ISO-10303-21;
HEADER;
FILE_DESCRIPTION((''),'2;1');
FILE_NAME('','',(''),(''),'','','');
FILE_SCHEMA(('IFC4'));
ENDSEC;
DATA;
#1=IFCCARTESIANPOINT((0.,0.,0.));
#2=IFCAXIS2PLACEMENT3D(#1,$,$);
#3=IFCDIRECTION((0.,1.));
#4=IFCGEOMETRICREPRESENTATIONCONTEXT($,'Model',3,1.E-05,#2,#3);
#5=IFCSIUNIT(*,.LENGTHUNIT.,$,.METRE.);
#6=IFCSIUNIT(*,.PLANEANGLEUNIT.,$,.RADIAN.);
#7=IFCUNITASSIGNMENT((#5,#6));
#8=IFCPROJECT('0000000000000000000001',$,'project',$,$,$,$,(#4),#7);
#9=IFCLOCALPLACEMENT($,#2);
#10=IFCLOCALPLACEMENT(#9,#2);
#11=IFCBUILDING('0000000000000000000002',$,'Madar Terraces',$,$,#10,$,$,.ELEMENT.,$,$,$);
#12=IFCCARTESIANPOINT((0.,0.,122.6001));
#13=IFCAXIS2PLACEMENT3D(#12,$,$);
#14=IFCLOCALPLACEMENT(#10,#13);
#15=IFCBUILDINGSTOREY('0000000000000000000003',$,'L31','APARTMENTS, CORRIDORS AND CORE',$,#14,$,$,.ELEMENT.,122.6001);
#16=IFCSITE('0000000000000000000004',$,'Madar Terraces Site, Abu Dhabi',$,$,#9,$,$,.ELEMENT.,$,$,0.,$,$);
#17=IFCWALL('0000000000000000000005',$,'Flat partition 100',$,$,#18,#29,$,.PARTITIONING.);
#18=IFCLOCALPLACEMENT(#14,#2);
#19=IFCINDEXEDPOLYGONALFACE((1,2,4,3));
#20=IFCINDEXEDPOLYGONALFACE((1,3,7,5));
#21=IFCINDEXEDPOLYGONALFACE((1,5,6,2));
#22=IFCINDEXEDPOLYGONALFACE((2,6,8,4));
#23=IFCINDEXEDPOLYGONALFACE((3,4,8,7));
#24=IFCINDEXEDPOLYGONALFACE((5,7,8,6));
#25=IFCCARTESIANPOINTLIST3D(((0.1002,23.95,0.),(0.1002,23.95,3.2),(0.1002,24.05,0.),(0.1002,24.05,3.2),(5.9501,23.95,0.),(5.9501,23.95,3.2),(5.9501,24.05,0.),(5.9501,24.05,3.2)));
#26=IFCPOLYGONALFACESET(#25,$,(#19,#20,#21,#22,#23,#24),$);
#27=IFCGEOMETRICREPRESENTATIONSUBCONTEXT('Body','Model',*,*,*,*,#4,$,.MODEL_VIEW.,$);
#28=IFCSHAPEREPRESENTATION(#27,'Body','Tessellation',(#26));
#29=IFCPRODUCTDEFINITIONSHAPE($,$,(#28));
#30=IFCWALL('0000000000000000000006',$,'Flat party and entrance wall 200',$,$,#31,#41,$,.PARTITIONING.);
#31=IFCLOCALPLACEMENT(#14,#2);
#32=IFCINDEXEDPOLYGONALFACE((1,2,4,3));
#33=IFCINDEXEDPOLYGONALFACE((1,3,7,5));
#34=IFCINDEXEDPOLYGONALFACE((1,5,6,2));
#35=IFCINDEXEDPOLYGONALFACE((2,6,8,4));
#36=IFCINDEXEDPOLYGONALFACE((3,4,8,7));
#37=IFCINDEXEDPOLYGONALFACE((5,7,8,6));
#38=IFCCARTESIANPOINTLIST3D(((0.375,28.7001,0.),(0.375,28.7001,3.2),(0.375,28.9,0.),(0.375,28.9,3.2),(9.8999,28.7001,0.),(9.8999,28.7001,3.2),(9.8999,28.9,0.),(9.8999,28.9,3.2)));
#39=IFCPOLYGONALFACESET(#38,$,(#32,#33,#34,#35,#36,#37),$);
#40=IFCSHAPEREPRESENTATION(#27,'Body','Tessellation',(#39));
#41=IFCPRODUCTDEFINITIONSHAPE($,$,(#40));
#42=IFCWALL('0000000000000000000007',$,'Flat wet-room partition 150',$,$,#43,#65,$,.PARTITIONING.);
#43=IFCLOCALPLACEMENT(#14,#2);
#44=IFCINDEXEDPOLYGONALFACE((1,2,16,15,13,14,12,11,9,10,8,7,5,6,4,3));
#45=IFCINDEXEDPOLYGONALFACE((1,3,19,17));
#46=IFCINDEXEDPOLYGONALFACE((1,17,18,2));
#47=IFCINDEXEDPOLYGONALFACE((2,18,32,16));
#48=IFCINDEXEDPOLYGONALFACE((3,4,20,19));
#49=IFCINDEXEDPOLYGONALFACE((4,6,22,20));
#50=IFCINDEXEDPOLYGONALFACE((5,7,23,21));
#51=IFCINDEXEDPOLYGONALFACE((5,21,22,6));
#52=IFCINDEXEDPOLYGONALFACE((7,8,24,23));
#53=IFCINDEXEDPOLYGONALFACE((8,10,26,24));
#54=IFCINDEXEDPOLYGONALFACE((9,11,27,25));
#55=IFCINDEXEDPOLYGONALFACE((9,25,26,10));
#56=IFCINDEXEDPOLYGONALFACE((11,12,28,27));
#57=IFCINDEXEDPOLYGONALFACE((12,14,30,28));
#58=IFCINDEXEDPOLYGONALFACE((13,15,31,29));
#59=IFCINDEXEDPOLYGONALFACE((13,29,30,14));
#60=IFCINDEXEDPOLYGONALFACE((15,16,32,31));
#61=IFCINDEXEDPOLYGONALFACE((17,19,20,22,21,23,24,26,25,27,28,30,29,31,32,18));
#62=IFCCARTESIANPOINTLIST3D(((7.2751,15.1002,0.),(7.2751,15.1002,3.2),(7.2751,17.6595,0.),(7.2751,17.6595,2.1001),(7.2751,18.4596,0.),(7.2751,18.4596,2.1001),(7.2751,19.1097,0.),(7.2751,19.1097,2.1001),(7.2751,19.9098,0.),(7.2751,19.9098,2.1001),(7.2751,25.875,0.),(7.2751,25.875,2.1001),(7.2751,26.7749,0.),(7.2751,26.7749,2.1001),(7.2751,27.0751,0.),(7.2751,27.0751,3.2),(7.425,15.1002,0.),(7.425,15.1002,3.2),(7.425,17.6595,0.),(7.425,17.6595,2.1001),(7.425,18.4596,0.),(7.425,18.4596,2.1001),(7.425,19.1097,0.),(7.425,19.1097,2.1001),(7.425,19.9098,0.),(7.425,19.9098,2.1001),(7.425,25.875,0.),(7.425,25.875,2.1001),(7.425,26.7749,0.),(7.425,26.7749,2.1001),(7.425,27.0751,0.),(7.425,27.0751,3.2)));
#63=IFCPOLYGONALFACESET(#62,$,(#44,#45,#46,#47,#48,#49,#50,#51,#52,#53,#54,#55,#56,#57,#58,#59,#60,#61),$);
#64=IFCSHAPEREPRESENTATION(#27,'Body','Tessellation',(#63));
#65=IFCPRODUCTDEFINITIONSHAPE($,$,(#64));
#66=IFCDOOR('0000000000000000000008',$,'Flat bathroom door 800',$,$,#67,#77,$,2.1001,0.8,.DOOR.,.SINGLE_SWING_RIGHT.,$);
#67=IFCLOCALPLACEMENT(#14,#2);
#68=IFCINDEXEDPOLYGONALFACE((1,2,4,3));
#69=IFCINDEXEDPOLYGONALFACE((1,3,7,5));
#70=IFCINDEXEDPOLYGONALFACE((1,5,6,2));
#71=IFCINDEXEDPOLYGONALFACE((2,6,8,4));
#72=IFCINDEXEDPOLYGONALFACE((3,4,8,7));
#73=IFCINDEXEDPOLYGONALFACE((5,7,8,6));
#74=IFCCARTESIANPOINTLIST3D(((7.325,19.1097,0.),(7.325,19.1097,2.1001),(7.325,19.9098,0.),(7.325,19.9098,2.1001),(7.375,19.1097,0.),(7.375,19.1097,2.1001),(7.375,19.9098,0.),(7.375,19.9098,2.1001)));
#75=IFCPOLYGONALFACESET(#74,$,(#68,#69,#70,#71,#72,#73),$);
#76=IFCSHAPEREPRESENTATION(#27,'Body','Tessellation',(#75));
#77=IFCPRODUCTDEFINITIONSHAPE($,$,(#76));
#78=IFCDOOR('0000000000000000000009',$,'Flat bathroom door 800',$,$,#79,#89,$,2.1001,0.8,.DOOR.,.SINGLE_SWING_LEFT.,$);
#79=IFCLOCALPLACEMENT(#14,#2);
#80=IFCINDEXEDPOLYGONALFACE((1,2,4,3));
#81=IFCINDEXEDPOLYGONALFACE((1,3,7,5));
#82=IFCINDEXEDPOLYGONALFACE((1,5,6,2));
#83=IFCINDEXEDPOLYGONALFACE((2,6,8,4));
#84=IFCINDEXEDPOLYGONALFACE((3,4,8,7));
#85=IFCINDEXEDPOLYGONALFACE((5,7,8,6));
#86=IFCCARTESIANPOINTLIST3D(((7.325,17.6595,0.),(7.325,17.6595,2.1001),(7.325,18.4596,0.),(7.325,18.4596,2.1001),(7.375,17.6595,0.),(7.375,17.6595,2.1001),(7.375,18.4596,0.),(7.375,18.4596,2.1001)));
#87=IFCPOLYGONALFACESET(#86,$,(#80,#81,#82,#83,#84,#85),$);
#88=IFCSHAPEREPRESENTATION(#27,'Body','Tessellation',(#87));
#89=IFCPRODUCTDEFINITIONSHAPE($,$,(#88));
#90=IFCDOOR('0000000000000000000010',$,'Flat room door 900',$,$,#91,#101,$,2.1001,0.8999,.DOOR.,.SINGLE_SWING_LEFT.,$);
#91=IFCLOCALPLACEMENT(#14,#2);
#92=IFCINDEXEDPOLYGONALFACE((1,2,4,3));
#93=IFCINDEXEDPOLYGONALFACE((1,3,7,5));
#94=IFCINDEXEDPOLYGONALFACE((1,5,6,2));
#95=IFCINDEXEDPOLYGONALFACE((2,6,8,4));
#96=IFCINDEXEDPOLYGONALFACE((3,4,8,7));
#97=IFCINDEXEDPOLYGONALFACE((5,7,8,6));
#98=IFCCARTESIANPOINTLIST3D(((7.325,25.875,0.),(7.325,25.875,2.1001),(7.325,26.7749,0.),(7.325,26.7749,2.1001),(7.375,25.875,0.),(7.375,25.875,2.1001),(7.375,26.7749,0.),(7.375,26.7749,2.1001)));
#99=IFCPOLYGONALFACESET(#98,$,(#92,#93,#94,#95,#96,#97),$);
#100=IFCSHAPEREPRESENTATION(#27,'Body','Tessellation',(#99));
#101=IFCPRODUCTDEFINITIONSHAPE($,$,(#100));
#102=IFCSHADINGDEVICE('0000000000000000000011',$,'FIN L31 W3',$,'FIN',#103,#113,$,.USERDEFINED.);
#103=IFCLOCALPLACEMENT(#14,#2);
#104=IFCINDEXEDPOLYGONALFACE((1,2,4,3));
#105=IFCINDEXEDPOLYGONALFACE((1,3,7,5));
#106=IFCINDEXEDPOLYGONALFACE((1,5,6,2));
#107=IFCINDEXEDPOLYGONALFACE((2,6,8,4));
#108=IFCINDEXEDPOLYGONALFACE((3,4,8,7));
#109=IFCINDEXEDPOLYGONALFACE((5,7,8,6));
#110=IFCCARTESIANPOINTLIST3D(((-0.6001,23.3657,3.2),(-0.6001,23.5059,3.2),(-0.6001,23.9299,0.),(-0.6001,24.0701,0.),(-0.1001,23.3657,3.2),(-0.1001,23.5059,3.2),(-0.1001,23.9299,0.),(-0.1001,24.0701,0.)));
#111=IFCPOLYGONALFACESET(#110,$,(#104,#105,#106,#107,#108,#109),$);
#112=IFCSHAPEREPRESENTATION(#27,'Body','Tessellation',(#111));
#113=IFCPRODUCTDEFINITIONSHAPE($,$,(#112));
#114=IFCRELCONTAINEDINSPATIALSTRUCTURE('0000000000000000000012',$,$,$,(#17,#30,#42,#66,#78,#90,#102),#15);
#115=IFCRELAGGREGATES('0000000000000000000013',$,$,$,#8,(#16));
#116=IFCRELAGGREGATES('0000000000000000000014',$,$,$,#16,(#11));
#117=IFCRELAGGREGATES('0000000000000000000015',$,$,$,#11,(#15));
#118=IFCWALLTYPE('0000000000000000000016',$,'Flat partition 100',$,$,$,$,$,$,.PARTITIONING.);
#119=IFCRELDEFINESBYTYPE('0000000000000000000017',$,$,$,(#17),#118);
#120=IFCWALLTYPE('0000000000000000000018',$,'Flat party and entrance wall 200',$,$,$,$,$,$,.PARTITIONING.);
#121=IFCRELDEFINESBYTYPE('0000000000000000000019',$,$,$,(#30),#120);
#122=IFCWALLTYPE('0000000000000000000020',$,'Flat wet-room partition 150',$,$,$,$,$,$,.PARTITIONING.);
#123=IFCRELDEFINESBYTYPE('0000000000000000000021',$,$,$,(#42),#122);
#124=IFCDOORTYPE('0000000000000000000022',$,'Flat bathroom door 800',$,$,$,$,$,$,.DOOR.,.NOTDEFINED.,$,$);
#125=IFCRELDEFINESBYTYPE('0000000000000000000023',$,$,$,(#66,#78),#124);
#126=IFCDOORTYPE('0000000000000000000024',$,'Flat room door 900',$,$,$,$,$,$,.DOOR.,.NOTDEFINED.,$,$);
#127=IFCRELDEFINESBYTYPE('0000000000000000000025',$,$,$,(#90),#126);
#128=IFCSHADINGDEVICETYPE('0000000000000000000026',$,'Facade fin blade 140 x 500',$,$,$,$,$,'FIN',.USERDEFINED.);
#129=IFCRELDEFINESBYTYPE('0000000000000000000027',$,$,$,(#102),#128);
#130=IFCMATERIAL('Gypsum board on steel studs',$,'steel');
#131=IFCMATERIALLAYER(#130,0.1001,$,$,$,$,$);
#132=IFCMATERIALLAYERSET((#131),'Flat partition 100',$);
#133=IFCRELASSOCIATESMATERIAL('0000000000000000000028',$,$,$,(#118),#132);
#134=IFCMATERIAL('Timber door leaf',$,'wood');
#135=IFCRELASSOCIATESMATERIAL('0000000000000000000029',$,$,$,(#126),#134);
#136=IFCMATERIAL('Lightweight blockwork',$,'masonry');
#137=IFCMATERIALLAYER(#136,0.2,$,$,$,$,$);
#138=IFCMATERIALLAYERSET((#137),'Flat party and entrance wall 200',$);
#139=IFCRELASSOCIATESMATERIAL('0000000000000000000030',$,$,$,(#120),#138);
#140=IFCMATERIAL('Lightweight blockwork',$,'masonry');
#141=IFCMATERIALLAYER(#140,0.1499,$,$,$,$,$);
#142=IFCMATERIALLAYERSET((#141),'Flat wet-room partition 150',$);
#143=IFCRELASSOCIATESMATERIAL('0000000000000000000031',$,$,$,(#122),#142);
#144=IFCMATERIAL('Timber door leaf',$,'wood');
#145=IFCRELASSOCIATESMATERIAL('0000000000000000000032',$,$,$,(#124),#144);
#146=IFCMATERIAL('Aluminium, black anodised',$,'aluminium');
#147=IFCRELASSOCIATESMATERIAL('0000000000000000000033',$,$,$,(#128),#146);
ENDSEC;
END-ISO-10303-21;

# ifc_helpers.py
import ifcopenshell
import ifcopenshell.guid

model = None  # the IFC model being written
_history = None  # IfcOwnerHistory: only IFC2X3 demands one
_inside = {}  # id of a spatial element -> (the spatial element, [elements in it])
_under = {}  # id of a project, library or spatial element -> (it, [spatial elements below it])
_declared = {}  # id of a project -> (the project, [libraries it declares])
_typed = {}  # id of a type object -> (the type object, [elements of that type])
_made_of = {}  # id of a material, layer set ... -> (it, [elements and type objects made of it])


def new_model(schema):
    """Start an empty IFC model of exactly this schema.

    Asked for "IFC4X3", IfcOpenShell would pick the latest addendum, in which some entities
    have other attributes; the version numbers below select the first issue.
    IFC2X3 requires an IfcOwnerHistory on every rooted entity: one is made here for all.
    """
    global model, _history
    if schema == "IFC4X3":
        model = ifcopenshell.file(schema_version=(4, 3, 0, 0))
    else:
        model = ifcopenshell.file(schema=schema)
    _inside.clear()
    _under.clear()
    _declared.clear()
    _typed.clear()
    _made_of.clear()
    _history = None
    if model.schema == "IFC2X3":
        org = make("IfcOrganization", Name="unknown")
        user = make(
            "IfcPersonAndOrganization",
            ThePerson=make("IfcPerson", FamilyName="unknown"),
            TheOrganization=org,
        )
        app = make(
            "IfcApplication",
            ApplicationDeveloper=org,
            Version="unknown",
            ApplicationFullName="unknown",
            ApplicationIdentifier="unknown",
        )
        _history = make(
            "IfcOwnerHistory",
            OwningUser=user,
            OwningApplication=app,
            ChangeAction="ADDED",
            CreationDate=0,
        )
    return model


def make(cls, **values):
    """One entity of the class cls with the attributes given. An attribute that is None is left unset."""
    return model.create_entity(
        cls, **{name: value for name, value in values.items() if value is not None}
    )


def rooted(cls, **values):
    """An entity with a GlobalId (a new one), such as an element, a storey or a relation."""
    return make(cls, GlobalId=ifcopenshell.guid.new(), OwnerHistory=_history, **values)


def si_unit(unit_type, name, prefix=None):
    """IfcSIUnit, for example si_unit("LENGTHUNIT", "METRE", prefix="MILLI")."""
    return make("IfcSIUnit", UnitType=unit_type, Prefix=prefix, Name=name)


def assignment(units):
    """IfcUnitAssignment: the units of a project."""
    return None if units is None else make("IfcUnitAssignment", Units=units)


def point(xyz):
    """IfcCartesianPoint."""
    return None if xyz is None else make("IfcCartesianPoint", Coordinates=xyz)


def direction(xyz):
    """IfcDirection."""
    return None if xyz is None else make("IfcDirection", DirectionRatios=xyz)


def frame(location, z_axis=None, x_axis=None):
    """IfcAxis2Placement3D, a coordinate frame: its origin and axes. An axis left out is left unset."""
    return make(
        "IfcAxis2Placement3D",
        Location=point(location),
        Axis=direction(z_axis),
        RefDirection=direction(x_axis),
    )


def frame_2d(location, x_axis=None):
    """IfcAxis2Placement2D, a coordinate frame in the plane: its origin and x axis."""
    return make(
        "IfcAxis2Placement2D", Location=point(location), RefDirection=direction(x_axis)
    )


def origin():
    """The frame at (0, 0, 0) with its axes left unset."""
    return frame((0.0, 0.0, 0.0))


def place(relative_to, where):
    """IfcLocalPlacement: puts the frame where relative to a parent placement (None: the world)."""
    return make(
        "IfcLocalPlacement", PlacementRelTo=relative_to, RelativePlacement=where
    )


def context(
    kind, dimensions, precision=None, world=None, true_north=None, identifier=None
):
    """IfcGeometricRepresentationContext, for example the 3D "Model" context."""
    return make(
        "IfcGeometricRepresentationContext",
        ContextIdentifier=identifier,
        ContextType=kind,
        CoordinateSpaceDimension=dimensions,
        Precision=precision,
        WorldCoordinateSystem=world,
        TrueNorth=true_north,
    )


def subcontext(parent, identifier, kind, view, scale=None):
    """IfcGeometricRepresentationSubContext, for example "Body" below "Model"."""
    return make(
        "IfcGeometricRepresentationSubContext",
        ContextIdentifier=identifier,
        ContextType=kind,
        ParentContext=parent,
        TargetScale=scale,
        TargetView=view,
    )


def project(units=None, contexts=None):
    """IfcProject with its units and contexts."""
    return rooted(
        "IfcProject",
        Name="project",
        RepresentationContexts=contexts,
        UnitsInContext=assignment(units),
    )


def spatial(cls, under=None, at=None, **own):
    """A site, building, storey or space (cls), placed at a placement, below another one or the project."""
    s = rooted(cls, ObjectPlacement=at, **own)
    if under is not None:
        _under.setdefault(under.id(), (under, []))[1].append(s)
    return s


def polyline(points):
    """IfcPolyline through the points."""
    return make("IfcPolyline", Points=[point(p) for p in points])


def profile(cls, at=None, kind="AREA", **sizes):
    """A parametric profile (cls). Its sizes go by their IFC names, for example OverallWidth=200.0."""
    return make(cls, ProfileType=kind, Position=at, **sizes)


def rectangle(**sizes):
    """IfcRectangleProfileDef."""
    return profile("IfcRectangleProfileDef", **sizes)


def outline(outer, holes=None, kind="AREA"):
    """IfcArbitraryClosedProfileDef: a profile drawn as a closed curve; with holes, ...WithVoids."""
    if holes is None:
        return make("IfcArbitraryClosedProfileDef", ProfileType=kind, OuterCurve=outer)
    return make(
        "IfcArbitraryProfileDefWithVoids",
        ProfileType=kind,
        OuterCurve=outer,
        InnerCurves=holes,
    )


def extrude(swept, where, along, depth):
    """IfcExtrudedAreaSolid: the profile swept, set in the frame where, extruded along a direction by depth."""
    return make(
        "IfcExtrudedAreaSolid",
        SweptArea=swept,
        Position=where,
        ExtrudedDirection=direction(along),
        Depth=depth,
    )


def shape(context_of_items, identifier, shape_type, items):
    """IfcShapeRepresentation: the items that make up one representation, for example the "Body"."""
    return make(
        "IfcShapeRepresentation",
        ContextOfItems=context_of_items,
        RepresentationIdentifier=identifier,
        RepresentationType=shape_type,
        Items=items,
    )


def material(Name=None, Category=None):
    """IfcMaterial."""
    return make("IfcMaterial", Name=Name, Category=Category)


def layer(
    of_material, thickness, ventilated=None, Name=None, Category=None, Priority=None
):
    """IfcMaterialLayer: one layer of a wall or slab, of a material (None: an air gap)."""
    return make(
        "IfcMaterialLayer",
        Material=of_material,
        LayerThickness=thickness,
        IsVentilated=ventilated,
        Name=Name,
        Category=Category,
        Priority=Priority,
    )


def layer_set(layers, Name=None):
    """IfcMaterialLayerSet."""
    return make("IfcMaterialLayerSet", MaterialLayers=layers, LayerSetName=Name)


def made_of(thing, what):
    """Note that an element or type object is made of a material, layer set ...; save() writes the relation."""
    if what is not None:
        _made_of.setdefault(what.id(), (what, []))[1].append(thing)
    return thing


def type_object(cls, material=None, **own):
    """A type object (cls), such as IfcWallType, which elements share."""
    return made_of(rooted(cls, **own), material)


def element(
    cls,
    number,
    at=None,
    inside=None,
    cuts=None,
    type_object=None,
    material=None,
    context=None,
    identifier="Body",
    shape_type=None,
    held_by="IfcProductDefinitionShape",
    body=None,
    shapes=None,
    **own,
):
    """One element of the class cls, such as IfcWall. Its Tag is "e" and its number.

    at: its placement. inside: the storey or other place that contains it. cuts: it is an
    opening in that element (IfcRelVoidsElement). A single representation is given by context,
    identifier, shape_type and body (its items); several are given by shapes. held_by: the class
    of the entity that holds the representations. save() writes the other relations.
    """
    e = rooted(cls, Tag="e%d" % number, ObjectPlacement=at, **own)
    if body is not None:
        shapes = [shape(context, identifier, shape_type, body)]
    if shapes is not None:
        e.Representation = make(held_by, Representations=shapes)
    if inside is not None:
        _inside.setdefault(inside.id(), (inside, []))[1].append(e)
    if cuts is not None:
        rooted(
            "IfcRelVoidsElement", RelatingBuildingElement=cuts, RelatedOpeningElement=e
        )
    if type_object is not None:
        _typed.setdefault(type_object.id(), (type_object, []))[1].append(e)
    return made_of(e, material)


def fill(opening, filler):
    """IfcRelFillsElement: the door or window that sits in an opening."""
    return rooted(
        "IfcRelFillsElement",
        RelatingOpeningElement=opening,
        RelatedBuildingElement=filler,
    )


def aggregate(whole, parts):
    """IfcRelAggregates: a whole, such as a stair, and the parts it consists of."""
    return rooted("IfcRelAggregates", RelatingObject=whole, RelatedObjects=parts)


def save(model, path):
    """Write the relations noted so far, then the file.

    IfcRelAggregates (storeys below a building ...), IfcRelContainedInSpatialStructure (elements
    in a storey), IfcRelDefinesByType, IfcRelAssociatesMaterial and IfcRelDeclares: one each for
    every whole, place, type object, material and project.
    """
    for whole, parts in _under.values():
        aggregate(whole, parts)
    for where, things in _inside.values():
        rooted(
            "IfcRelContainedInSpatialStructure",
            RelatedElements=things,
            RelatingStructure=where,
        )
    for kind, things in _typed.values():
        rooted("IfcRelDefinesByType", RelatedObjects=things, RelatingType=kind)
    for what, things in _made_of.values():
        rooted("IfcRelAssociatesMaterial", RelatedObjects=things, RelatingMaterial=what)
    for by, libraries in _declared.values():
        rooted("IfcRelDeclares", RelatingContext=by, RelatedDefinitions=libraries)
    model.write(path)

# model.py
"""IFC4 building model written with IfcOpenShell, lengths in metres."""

from ifc_helpers import new_model, si_unit, direction, frame, frame_2d, origin, place, context, subcontext, project, spatial, polyline, rectangle, outline, extrude, material, layer, layer_set, type_object, element, fill, save


model = new_model("IFC4")

# Units and contexts
model_context = context("Model", 3, precision=1e-05, world=origin(), true_north=direction((0.0, 1.0)))
body_context = subcontext(model_context, "Body", "Model", "MODEL_VIEW")
ifc_project = project(units=[si_unit("LENGTHUNIT", "METRE"), si_unit("PLANEANGLEUNIT", "RADIAN")], contexts=[model_context])

# Site, building, storey
site_placement = place(None, origin())
site = spatial("IfcSite", under=ifc_project, at=site_placement, Name="Madar Terraces Site, Abu Dhabi", CompositionType="ELEMENT", RefElevation=0.0)
building_placement = place(site_placement, origin())
building = spatial("IfcBuilding", under=site, at=building_placement, Name="Madar Terraces", CompositionType="ELEMENT")
storey_placement = place(building_placement, frame((0.0, 0.0, 122.6001)))
storey = spatial("IfcBuildingStorey", under=building, at=storey_placement, Name="L31", Description="APARTMENTS, CORRIDORS AND CORE", CompositionType="ELEMENT", Elevation=122.6001)

# Shared definitions
ifc_material_1 = material(Name="Gypsum board on steel studs", Category="steel")
ifc_layer_1 = layer(ifc_material_1, 0.1001)
ifc_layer_set_1 = layer_set([ifc_layer_1], Name="Flat partition 100")
wall_type_1 = type_object("IfcWallType", Name="Flat partition 100", PredefinedType="PARTITIONING", material=ifc_layer_set_1)
ifc_material_2 = material(Name="Timber door leaf", Category="wood")
door_type_1 = type_object("IfcDoorType", Name="Flat room door 900", OperationType="NOTDEFINED", PredefinedType="DOOR", material=ifc_material_2)

# Walls
wall_1_placement = place(storey_placement, frame((5.95, 24.0, 0.0), z_axis=(0.0, 0.0, 1.0), x_axis=(-1.0, 0.0, 0.0)))
element("IfcWall", 1, at=wall_1_placement, inside=storey, type_object=wall_type_1, Name="Flat partition 100", PredefinedType="PARTITIONING", context=body_context, shape_type="SweptSolid", body=[
    extrude(rectangle(XDim=5.8499, YDim=0.1001, at=frame_2d((2.9248, 0.0))), origin(), (0.0, 0.0, 1.0), 3.2),
])
ifc_material_3 = material(Name="Lightweight blockwork", Category="masonry")
ifc_layer_2 = layer(ifc_material_3, 0.2)
ifc_layer_set_2 = layer_set([ifc_layer_2], Name="Flat party and entrance wall 200")
wall_type_2 = type_object("IfcWallType", Name="Flat party and entrance wall 200", PredefinedType="PARTITIONING", material=ifc_layer_set_2)
wall_2_placement = place(storey_placement, frame((0.375, 28.8, 0.0), z_axis=(0.0, 0.0, 1.0), x_axis=(1.0, 0.0, 0.0)))
element("IfcWall", 2, at=wall_2_placement, inside=storey, type_object=wall_type_2, Name="Flat party and entrance wall 200", PredefinedType="PARTITIONING", context=body_context, shape_type="SweptSolid", body=[
    extrude(rectangle(XDim=9.5249, YDim=0.2, at=frame_2d((4.7625, 0.0))), origin(), (0.0, 0.0, 1.0), 3.2),
])

# Wall, openings, doors
ifc_material_4 = material(Name="Lightweight blockwork", Category="masonry")
ifc_layer_3 = layer(ifc_material_4, 0.1499)
ifc_layer_set_3 = layer_set([ifc_layer_3], Name="Flat wet-room partition 150")
wall_type_3 = type_object("IfcWallType", Name="Flat wet-room partition 150", PredefinedType="PARTITIONING", material=ifc_layer_set_3)
wall_3_placement = place(storey_placement, frame((7.3501, 27.075, 0.0), z_axis=(0.0, 0.0, 1.0), x_axis=(0.0, -1.0, 0.0)))
wall_3 = element("IfcWall", 3, at=wall_3_placement, inside=storey, type_object=wall_type_3, Name="Flat wet-room partition 150", PredefinedType="PARTITIONING", context=body_context, shape_type="SweptSolid", body=[
    extrude(rectangle(XDim=11.9749, YDim=0.1499, at=frame_2d((5.9873, 0.0))), origin(), (0.0, 0.0, 1.0), 3.2),
])
opening_1_placement = place(wall_3_placement, frame((0.3, 0.0, 0.0)))
opening_1 = element("IfcOpeningElement", 4, at=opening_1_placement, cuts=wall_3, PredefinedType="OPENING", context=body_context, shape_type="SweptSolid", body=[
    extrude(rectangle(XDim=0.8999, YDim=2.1001, at=frame_2d((0.45, 1.05))), frame((0.0, 0.085, 0.0), z_axis=(0.0, -1.0, 0.0), x_axis=(1.0, 0.0, 0.0)), (0.0, 0.0, 1.0), 0.1699),
])
opening_2_placement = place(wall_3_placement, frame((7.1653, 0.0, 0.0)))
opening_2 = element("IfcOpeningElement", 5, at=opening_2_placement, cuts=wall_3, PredefinedType="OPENING", context=body_context, shape_type="SweptSolid", body=[
    extrude(rectangle(XDim=0.8, YDim=2.1001, at=frame_2d((0.3999, 1.05))), frame((0.0, 0.085, 0.0), z_axis=(0.0, -1.0, 0.0), x_axis=(1.0, 0.0, 0.0)), (0.0, 0.0, 1.0), 0.1699),
])
opening_3_placement = place(wall_3_placement, frame((8.6155, 0.0, 0.0)))
opening_3 = element("IfcOpeningElement", 6, at=opening_3_placement, cuts=wall_3, PredefinedType="OPENING", context=body_context, shape_type="SweptSolid", body=[
    extrude(rectangle(XDim=0.8, YDim=2.1001, at=frame_2d((0.3999, 1.05))), frame((0.0, 0.085, 0.0), z_axis=(0.0, -1.0, 0.0), x_axis=(1.0, 0.0, 0.0)), (0.0, 0.0, 1.0), 0.1699),
])
ifc_material_5 = material(Name="Timber door leaf", Category="wood")
door_type_2 = type_object("IfcDoorType", Name="Flat bathroom door 800", OperationType="NOTDEFINED", PredefinedType="DOOR", material=ifc_material_5)
door_1_placement = place(opening_2_placement, origin())
door_1 = element("IfcDoor", 7, at=door_1_placement, inside=storey, type_object=door_type_2, Name="Flat bathroom door 800", OperationType="SINGLE_SWING_RIGHT", OverallHeight=2.1001, OverallWidth=0.8, PredefinedType="DOOR", context=body_context, shape_type="SweptSolid", body=[
    extrude(rectangle(XDim=0.8, YDim=2.1001, at=frame_2d((0.3999, 1.05))), frame((0.0, 0.0249, 0.0), z_axis=(0.0, -1.0, 0.0), x_axis=(1.0, 0.0, 0.0)), (0.0, 0.0, 1.0), 0.05),
])
fill(opening_2, door_1)
door_2_placement = place(opening_3_placement, origin())
door_2 = element("IfcDoor", 8, at=door_2_placement, inside=storey, type_object=door_type_2, Name="Flat bathroom door 800", OperationType="SINGLE_SWING_LEFT", OverallHeight=2.1001, OverallWidth=0.8, PredefinedType="DOOR", context=body_context, shape_type="SweptSolid", body=[
    extrude(rectangle(XDim=0.8, YDim=2.1001, at=frame_2d((0.3999, 1.05))), frame((0.0, 0.0249, 0.0), z_axis=(0.0, -1.0, 0.0), x_axis=(1.0, 0.0, 0.0)), (0.0, 0.0, 1.0), 0.05),
])
fill(opening_3, door_2)
door_3_placement = place(opening_1_placement, origin())
door_3 = element("IfcDoor", 9, at=door_3_placement, inside=storey, type_object=door_type_1, Name="Flat room door 900", OperationType="SINGLE_SWING_LEFT", OverallHeight=2.1001, OverallWidth=0.8999, PredefinedType="DOOR", context=body_context, shape_type="SweptSolid", body=[
    extrude(rectangle(XDim=0.8999, YDim=2.1001, at=frame_2d((0.45, 1.05))), frame((0.0, 0.0249, 0.0), z_axis=(0.0, -1.0, 0.0), x_axis=(1.0, 0.0, 0.0)), (0.0, 0.0, 1.0), 0.05),
])
fill(opening_1, door_3)

# Shading device
ifc_material_6 = material(Name="Aluminium, black anodised", Category="aluminium")
shading_device_type = type_object("IfcShadingDeviceType", Name="Facade fin blade 140 x 500", ElementType="FIN", PredefinedType="USERDEFINED", material=ifc_material_6)
shading_device_placement = place(storey_placement, frame((-0.3501, 24.0701, 0.0), z_axis=(0.0, 0.0, 1.0), x_axis=(0.0, -1.0, 0.0)))
element("IfcShadingDevice", 10, at=shading_device_placement, inside=storey, type_object=shading_device_type, Name="FIN L31 W3", ObjectType="FIN", PredefinedType="USERDEFINED", context=body_context, shape_type="SweptSolid", body=[
    extrude(outline(polyline([(0.0, 0.0), (0.1401, 0.0), (0.7043, 3.2), (0.5642, 3.2), (0.0, 0.0)])), frame((0.0, 0.25, 0.0), z_axis=(0.0, -1.0, 0.0), x_axis=(1.0, 0.0, 0.0)), (0.0, 0.0, 1.0), 0.5),
])

save(model, "model.ifc")
